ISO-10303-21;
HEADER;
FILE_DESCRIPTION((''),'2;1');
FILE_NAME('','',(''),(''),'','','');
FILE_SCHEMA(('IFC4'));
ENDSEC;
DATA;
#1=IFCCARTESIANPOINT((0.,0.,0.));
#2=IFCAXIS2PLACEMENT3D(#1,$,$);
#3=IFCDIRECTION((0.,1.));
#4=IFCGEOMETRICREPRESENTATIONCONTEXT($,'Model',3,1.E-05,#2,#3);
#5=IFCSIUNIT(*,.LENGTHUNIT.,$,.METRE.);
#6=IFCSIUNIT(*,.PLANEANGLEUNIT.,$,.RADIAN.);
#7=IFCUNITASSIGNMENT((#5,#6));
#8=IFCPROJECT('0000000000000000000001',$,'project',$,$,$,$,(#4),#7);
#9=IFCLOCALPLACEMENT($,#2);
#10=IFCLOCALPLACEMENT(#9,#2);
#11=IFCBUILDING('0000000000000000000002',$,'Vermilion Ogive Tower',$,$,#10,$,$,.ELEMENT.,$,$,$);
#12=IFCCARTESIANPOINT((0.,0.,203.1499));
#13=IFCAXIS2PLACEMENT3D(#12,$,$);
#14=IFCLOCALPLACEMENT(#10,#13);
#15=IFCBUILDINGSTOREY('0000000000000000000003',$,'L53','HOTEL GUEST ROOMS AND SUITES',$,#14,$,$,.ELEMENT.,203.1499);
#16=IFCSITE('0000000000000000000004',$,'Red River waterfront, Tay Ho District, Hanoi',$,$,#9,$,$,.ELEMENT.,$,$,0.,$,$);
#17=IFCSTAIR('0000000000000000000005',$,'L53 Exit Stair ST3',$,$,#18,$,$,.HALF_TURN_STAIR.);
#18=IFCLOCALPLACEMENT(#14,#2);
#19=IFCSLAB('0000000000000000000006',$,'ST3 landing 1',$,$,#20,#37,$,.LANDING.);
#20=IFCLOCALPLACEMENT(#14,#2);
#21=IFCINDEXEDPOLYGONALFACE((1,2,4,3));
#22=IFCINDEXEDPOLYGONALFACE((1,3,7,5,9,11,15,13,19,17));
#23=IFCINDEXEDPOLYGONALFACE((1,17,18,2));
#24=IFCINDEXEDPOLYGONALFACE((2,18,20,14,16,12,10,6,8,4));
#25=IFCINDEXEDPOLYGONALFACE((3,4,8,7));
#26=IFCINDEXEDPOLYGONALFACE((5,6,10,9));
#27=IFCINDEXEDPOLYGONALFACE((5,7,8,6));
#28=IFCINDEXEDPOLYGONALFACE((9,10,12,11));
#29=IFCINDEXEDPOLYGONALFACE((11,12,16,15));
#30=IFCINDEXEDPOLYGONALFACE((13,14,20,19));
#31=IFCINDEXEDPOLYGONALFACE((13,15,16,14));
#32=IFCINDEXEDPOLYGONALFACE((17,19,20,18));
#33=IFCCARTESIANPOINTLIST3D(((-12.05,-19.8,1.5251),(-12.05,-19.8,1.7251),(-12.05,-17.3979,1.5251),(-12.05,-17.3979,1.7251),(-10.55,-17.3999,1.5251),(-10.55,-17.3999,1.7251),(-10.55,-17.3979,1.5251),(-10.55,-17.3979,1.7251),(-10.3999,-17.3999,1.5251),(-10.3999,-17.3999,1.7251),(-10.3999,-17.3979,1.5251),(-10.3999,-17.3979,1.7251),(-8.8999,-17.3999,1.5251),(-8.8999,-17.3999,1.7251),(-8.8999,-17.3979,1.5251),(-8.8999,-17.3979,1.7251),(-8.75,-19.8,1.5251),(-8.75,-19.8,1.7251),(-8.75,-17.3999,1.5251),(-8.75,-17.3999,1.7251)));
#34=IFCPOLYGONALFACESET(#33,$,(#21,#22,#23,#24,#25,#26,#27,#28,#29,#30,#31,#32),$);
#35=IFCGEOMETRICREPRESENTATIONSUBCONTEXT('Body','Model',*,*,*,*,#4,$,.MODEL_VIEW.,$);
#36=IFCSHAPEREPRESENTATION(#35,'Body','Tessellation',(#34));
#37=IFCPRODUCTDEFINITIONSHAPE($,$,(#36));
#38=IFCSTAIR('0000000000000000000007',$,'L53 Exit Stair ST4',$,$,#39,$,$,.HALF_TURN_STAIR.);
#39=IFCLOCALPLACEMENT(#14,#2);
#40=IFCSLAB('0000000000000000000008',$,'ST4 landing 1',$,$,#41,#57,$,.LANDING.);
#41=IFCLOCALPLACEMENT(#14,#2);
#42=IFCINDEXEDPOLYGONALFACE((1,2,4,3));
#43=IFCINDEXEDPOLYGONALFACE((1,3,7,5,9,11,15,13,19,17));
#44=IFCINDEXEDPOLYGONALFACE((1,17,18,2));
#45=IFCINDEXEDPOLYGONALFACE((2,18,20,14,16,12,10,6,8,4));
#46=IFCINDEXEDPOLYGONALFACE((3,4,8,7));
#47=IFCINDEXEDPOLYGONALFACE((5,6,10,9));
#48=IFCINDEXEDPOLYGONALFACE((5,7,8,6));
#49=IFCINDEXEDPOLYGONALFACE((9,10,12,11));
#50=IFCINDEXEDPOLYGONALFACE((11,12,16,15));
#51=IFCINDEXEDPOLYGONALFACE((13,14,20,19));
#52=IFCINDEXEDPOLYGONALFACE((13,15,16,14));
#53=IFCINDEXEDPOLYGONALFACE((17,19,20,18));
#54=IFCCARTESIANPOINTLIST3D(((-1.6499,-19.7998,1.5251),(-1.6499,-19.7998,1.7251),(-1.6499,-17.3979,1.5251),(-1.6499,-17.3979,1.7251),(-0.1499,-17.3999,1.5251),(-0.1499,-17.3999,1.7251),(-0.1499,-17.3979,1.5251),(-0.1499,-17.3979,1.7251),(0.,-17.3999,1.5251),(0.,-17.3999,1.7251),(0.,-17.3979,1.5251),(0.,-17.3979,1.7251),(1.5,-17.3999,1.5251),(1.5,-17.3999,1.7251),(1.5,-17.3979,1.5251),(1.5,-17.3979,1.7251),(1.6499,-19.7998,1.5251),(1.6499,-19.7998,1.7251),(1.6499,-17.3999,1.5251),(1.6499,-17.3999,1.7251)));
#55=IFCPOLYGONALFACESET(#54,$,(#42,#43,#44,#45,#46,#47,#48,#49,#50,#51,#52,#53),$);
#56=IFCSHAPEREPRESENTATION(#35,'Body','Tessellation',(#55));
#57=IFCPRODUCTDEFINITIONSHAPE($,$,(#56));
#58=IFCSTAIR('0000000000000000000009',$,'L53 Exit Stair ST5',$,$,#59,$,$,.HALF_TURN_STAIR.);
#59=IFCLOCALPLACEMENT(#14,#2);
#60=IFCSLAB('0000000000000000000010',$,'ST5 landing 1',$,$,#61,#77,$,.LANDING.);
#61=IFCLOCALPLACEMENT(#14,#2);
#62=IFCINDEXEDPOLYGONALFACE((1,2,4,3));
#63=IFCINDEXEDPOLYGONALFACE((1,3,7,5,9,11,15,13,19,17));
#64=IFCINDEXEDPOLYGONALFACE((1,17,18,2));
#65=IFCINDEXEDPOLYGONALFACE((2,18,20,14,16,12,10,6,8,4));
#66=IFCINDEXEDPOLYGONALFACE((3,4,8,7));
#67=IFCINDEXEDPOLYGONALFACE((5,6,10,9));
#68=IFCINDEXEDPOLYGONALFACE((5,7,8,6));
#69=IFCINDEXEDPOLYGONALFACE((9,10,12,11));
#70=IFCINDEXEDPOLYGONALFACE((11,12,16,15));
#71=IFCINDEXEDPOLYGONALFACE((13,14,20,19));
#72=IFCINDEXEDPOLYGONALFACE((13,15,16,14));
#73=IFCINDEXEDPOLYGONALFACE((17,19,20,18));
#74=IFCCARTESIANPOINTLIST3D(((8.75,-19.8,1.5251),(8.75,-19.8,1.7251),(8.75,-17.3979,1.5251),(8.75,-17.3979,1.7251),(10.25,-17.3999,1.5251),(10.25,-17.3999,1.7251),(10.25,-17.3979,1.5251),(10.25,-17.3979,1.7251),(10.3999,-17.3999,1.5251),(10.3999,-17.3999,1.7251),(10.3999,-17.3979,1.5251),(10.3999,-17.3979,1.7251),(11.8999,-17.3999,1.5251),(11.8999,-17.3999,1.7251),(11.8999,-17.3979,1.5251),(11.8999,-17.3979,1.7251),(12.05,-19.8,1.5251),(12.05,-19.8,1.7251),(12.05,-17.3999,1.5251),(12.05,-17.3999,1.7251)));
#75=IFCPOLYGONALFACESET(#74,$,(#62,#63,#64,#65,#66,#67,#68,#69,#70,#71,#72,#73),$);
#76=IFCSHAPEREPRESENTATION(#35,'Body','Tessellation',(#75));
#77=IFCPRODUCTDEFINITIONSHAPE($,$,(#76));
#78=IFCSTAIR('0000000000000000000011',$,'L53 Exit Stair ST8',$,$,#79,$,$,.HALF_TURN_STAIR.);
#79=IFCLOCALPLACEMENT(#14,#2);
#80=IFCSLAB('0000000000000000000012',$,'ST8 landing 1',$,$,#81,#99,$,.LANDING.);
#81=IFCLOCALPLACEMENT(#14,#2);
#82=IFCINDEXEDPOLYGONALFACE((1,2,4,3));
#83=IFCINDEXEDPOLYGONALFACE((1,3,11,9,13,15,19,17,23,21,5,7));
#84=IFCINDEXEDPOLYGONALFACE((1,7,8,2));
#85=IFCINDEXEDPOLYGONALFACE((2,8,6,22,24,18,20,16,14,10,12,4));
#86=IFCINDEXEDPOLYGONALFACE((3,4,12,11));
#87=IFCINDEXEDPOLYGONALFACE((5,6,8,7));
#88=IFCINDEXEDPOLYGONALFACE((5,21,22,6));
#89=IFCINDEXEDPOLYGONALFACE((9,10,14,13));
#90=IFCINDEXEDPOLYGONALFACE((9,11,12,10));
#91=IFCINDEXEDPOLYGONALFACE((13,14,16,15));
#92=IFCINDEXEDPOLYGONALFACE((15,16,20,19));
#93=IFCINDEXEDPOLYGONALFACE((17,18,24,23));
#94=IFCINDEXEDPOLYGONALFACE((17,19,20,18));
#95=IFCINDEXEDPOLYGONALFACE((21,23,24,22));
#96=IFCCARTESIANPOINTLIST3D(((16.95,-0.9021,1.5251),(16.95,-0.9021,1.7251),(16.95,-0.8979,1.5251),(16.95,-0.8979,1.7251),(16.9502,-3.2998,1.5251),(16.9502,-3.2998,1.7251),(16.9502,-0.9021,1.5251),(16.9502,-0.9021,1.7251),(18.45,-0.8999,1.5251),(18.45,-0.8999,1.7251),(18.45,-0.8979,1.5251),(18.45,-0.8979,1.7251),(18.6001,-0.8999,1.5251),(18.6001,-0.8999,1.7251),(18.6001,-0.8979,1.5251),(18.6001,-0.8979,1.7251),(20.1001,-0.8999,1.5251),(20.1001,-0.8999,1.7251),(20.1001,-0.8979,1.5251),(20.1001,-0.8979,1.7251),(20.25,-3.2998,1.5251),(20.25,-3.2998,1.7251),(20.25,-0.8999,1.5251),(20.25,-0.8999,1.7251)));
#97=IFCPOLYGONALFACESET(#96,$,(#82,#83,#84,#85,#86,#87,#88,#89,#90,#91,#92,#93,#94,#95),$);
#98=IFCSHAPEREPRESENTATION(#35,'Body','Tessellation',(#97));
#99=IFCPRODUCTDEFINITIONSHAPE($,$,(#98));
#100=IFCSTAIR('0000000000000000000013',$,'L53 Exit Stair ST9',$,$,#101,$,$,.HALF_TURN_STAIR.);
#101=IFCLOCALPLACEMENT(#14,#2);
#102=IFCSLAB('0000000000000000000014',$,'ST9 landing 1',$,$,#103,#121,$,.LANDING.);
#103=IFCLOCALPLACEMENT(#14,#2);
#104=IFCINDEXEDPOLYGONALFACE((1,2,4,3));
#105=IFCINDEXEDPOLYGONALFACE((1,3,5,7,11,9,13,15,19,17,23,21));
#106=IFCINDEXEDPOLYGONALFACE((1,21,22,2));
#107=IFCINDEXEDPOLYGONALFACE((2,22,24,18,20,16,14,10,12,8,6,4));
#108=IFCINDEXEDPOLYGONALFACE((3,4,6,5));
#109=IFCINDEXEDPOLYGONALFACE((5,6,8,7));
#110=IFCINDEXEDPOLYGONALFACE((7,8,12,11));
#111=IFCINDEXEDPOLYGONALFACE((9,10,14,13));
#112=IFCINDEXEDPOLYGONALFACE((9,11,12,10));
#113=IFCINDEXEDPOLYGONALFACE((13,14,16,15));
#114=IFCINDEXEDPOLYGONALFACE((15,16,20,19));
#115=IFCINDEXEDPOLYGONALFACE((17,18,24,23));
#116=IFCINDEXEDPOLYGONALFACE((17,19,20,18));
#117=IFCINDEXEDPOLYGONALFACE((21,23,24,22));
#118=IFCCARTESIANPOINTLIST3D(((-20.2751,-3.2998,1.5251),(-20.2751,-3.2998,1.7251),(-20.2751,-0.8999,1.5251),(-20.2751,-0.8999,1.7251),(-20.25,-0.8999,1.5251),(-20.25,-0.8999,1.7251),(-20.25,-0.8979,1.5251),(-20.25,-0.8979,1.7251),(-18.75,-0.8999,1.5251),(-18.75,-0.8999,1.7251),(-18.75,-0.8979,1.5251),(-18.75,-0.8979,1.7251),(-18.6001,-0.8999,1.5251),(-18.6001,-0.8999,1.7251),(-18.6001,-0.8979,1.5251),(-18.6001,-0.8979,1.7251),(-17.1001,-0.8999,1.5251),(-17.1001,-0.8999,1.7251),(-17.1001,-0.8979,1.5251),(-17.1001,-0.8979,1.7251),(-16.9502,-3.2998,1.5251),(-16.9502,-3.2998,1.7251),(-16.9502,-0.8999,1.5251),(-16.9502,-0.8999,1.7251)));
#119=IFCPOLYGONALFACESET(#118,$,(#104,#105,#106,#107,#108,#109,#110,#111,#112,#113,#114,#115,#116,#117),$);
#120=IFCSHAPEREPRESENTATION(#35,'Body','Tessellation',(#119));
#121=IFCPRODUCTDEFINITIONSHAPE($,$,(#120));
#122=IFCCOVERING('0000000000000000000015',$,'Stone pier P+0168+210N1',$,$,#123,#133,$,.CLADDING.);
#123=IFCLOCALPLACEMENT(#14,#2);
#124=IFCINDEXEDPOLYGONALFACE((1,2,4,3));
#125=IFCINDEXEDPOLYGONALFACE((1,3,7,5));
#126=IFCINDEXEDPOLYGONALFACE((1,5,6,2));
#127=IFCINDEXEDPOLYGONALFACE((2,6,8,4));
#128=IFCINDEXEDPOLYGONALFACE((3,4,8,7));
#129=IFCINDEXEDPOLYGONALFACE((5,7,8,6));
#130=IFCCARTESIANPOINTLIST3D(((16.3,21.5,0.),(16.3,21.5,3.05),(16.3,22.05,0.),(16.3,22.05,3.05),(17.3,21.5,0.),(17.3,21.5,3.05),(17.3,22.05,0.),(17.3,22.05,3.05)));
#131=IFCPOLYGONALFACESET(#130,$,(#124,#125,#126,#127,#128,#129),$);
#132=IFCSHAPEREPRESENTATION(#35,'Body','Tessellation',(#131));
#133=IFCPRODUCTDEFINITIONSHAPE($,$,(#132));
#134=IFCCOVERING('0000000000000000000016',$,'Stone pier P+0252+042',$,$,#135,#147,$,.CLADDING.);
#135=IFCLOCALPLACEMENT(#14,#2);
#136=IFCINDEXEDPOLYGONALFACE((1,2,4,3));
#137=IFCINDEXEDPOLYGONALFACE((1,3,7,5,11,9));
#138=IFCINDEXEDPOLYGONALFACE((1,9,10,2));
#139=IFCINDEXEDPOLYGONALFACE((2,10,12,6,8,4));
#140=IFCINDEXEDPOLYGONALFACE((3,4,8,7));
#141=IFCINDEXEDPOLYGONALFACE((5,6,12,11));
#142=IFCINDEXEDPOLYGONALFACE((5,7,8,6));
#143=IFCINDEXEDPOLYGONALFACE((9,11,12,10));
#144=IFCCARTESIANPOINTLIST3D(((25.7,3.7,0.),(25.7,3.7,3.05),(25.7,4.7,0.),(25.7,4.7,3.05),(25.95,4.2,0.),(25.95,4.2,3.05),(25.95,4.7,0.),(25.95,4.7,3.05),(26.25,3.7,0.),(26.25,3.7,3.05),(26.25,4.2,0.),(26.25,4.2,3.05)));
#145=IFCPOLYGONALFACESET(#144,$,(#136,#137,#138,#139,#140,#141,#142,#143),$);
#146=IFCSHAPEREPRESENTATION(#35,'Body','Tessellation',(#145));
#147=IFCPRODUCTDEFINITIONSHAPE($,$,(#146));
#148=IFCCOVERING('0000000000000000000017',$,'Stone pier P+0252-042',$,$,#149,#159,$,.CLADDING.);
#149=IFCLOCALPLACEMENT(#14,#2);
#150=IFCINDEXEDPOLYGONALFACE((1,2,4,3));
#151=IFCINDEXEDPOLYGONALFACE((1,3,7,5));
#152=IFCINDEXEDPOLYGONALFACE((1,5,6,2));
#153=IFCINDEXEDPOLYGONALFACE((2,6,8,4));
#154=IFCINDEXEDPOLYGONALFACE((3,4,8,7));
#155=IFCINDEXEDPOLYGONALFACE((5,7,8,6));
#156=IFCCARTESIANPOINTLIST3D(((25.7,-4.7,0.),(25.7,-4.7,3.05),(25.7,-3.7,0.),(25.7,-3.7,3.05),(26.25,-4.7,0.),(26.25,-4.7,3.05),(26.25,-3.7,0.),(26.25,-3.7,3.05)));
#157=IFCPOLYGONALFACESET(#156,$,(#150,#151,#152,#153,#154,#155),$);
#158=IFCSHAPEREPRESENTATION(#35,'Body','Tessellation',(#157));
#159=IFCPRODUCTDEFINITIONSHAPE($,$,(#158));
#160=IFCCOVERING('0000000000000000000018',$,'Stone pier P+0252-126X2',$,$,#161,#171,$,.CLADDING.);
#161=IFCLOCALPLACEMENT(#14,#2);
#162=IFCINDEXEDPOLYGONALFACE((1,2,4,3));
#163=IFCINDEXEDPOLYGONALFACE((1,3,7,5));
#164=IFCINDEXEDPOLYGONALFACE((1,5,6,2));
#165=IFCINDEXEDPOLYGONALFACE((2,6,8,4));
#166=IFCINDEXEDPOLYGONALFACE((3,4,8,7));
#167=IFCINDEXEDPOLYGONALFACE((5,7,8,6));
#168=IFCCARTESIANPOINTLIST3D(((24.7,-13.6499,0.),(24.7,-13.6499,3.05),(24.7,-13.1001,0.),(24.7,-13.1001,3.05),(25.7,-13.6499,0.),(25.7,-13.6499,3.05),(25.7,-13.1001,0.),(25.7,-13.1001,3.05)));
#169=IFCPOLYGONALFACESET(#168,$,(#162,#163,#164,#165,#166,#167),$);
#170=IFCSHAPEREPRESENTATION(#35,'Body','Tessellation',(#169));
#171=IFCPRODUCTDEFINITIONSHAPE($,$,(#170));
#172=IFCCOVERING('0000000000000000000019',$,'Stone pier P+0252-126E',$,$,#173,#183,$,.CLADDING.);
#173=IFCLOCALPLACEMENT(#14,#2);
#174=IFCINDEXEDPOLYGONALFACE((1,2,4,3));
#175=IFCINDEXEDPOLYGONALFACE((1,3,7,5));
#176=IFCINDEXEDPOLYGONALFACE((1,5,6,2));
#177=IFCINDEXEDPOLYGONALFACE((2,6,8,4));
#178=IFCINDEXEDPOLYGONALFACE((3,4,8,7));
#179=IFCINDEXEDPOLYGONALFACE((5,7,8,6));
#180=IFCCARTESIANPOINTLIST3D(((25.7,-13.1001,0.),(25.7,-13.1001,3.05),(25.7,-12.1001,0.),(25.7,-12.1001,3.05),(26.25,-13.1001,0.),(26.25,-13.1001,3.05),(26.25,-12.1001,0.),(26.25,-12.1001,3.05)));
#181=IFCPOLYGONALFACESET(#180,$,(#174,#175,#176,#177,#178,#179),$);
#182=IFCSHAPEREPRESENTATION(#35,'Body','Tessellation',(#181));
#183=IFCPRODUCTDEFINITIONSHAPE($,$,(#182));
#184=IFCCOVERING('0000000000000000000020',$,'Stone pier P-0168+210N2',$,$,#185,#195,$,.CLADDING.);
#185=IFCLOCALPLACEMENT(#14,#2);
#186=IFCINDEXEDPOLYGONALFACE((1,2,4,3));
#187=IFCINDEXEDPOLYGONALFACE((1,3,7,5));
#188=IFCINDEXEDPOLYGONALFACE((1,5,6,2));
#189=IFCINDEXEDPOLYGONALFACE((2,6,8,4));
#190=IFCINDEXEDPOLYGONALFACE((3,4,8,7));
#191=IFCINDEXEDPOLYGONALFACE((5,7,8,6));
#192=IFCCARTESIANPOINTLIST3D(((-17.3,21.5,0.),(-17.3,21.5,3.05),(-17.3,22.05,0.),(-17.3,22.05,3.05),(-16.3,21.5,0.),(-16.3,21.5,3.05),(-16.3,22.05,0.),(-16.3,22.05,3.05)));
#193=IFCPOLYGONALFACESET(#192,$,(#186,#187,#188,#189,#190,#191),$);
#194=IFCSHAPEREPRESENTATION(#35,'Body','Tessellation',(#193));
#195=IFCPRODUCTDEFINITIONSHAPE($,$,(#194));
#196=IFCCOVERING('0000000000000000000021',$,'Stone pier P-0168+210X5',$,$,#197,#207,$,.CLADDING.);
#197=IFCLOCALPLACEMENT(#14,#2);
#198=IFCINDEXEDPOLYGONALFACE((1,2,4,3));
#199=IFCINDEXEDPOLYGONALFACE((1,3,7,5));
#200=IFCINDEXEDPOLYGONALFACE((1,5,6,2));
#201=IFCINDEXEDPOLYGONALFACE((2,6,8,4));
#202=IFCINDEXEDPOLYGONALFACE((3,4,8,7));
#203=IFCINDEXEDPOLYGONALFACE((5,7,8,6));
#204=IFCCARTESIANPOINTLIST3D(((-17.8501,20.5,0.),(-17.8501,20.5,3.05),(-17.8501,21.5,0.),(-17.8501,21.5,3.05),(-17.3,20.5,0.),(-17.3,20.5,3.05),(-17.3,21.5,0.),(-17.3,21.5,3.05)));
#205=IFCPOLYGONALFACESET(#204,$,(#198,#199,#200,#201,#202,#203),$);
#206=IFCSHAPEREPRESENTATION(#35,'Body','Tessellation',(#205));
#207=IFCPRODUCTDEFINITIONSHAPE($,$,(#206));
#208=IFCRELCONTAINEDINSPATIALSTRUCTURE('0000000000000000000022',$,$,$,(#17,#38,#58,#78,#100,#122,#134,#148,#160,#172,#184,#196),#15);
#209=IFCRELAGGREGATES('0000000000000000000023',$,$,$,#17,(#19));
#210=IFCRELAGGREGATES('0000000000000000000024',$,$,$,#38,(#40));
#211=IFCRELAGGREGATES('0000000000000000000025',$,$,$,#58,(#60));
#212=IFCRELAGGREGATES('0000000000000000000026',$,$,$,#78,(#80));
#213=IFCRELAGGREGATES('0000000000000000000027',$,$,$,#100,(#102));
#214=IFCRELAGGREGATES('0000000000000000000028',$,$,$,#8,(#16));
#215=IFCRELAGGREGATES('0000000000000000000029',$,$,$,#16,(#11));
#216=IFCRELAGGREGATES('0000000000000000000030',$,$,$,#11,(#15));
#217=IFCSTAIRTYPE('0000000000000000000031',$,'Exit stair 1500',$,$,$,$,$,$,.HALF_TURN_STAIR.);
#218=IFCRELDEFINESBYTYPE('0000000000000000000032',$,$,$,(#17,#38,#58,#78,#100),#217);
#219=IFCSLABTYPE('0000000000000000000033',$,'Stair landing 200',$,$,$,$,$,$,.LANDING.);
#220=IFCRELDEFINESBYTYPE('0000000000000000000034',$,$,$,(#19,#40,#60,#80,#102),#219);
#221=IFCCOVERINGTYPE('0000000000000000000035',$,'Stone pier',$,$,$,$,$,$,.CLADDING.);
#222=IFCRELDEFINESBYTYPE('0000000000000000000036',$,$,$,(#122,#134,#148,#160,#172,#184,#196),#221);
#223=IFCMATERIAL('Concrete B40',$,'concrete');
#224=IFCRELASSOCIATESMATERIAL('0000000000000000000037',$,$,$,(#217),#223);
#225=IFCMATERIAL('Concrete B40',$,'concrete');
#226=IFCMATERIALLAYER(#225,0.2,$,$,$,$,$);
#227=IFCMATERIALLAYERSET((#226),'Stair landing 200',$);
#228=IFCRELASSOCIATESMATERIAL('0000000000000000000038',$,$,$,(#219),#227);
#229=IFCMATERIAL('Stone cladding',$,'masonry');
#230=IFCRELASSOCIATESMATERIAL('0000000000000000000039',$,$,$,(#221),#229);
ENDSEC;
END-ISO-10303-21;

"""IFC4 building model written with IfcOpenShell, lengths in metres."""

from ifc_helpers import new_model, si_unit, direction, frame, origin, place, context, subcontext, project, spatial, polyline, outline, extrude, material, layer, layer_set, type_object, element, aggregate, save


model = new_model("IFC4")

# Units and contexts
model_context = context("Model", 3, precision=1e-05, world=origin(), true_north=direction((0.0, 1.0)))
body_context = subcontext(model_context, "Body", "Model", "MODEL_VIEW")
ifc_project = project(units=[si_unit("LENGTHUNIT", "METRE"), si_unit("PLANEANGLEUNIT", "RADIAN")], contexts=[model_context])

# Site, building, storey
site_placement = place(None, origin())
site = spatial("IfcSite", under=ifc_project, at=site_placement, Name="Red River waterfront, Tay Ho District, Hanoi", CompositionType="ELEMENT", RefElevation=0.0)
building_placement = place(site_placement, origin())
building = spatial("IfcBuilding", under=site, at=building_placement, Name="Vermilion Ogive Tower", CompositionType="ELEMENT")
storey_placement = place(building_placement, frame((0.0, 0.0, 203.1499)))
storey = spatial("IfcBuildingStorey", under=building, at=storey_placement, Name="L53", Description="HOTEL GUEST ROOMS AND SUITES", CompositionType="ELEMENT", Elevation=203.1499)

# Stairs, slabs
ifc_material_1 = material(Name="Concrete B40", Category="concrete")
stair_type = type_object("IfcStairType", Name="Exit stair 1500", PredefinedType="HALF_TURN_STAIR", material=ifc_material_1)
ifc_material_2 = material(Name="Concrete B40", Category="concrete")
ifc_layer_1 = layer(ifc_material_2, 0.2)
ifc_layer_set_1 = layer_set([ifc_layer_1], Name="Stair landing 200")
slab_type_1 = type_object("IfcSlabType", Name="Stair landing 200", PredefinedType="LANDING", material=ifc_layer_set_1)
stair_1_placement = place(storey_placement, origin())
stair_1 = element("IfcStair", 1, at=stair_1_placement, inside=storey, type_object=stair_type, Name="L53 Exit Stair ST3", PredefinedType="HALF_TURN_STAIR")
slab_1_placement = place(storey_placement, frame((0.0, 0.0, 1.5251)))
slab_1 = element("IfcSlab", 2, at=slab_1_placement, type_object=slab_type_1, Name="ST3 landing 1", PredefinedType="LANDING", context=body_context, shape_type="SweptSolid", body=[
    extrude(outline(polyline([(-8.75, -17.3999), (-8.8999, -17.3999), (-8.8999, -17.3979), (-10.3999, -17.3979), (-10.3999, -17.3999), (-10.55, -17.3999), (-10.55, -17.3979), (-12.05, -17.3979), (-12.05, -19.8), (-8.75, -19.8), (-8.75, -17.3999)])), origin(), (0.0, 0.0, 1.0), 0.2),
])
aggregate(stair_1, [slab_1])
stair_2_placement = place(storey_placement, origin())
stair_2 = element("IfcStair", 3, at=stair_2_placement, inside=storey, type_object=stair_type, Name="L53 Exit Stair ST4", PredefinedType="HALF_TURN_STAIR")
slab_2_placement = place(storey_placement, frame((0.0, 0.0, 1.5251)))
slab_2 = element("IfcSlab", 4, at=slab_2_placement, type_object=slab_type_1, Name="ST4 landing 1", PredefinedType="LANDING", context=body_context, shape_type="SweptSolid", body=[
    extrude(outline(polyline([(1.6499, -17.3999), (1.5, -17.3999), (1.5, -17.3979), (0.0, -17.3979), (0.0, -17.3999), (-0.1499, -17.3999), (-0.1499, -17.3979), (-1.6499, -17.3979), (-1.6499, -19.7998), (1.6499, -19.7998), (1.6499, -17.3999)])), origin(), (0.0, 0.0, 1.0), 0.2),
])
aggregate(stair_2, [slab_2])
stair_3_placement = place(storey_placement, origin())
stair_3 = element("IfcStair", 5, at=stair_3_placement, inside=storey, type_object=stair_type, Name="L53 Exit Stair ST5", PredefinedType="HALF_TURN_STAIR")
slab_3_placement = place(storey_placement, frame((0.0, 0.0, 1.5251)))
slab_3 = element("IfcSlab", 6, at=slab_3_placement, type_object=slab_type_1, Name="ST5 landing 1", PredefinedType="LANDING", context=body_context, shape_type="SweptSolid", body=[
    extrude(outline(polyline([(12.05, -17.3999), (11.8999, -17.3999), (11.8999, -17.3979), (10.3999, -17.3979), (10.3999, -17.3999), (10.25, -17.3999), (10.25, -17.3979), (8.75, -17.3979), (8.75, -19.8), (12.05, -19.8), (12.05, -17.3999)])), origin(), (0.0, 0.0, 1.0), 0.2),
])
aggregate(stair_3, [slab_3])
stair_4_placement = place(storey_placement, origin())
stair_4 = element("IfcStair", 7, at=stair_4_placement, inside=storey, type_object=stair_type, Name="L53 Exit Stair ST8", PredefinedType="HALF_TURN_STAIR")
slab_4_placement = place(storey_placement, frame((0.0, 0.0, 1.5251)))
slab_4 = element("IfcSlab", 8, at=slab_4_placement, type_object=slab_type_1, Name="ST8 landing 1", PredefinedType="LANDING", context=body_context, shape_type="SweptSolid", body=[
    extrude(outline(polyline([(20.25, -0.8999), (20.1001, -0.8999), (20.1001, -0.8979), (18.6001, -0.8979), (18.6001, -0.8999), (18.45, -0.8999), (18.45, -0.8979), (16.95, -0.8979), (16.95, -0.9021), (16.9502, -0.9021), (16.9502, -3.2998), (20.25, -3.2998), (20.25, -0.8999)])), origin(), (0.0, 0.0, 1.0), 0.2),
])
aggregate(stair_4, [slab_4])
stair_5_placement = place(storey_placement, origin())
stair_5 = element("IfcStair", 9, at=stair_5_placement, inside=storey, type_object=stair_type, Name="L53 Exit Stair ST9", PredefinedType="HALF_TURN_STAIR")
slab_5_placement = place(storey_placement, frame((0.0, 0.0, 1.5251)))
slab_5 = element("IfcSlab", 10, at=slab_5_placement, type_object=slab_type_1, Name="ST9 landing 1", PredefinedType="LANDING", context=body_context, shape_type="SweptSolid", body=[
    extrude(outline(polyline([(-16.9502, -0.8999), (-17.1001, -0.8999), (-17.1001, -0.8979), (-18.6001, -0.8979), (-18.6001, -0.8999), (-18.75, -0.8999), (-18.75, -0.8979), (-20.25, -0.8979), (-20.25, -0.8999), (-20.2751, -0.8999), (-20.2751, -3.2998), (-16.9502, -3.2998), (-16.9502, -0.8999)])), origin(), (0.0, 0.0, 1.0), 0.2),
])
aggregate(stair_5, [slab_5])

# Coverings
ifc_material_3 = material(Name="Stone cladding", Category="masonry")
covering_type = type_object("IfcCoveringType", Name="Stone pier", PredefinedType="CLADDING", material=ifc_material_3)
covering_1_placement = place(storey_placement, origin())
element("IfcCovering", 11, at=covering_1_placement, inside=storey, type_object=covering_type, Name="Stone pier P+0168+210N1", PredefinedType="CLADDING", context=body_context, shape_type="SweptSolid", body=[
    extrude(outline(polyline([(17.3, 22.05), (17.3, 21.5), (16.3, 21.5), (16.3, 22.05), (17.3, 22.05)])), origin(), (0.0, 0.0, 1.0), 3.05),
])
covering_2_placement = place(storey_placement, origin())
element("IfcCovering", 12, at=covering_2_placement, inside=storey, type_object=covering_type, Name="Stone pier P+0252+042", PredefinedType="CLADDING", context=body_context, shape_type="SweptSolid", body=[
    extrude(outline(polyline([(25.7, 4.7), (25.95, 4.7), (25.95, 4.2), (26.25, 4.2), (26.25, 3.7), (25.7, 3.7), (25.7, 4.7), (25.7, 4.7)])), origin(), (0.0, 0.0, 1.0), 3.05),
])
covering_3_placement = place(storey_placement, origin())
element("IfcCovering", 13, at=covering_3_placement, inside=storey, type_object=covering_type, Name="Stone pier P+0252-042", PredefinedType="CLADDING", context=body_context, shape_type="SweptSolid", body=[
    extrude(outline(polyline([(25.7, -3.7), (26.25, -3.7), (26.25, -4.7), (25.7, -4.7), (25.7, -4.7), (25.7, -3.7)])), origin(), (0.0, 0.0, 1.0), 3.05),
])
covering_4_placement = place(storey_placement, origin())
element("IfcCovering", 14, at=covering_4_placement, inside=storey, type_object=covering_type, Name="Stone pier P+0252-126X2", PredefinedType="CLADDING", context=body_context, shape_type="SweptSolid", body=[
    extrude(outline(polyline([(25.7, -13.6499), (24.7, -13.6499), (24.7, -13.1001), (25.7, -13.1001), (25.7, -13.6499)])), origin(), (0.0, 0.0, 1.0), 3.05),
])
covering_5_placement = place(storey_placement, origin())
element("IfcCovering", 15, at=covering_5_placement, inside=storey, type_object=covering_type, Name="Stone pier P+0252-126E", PredefinedType="CLADDING", context=body_context, shape_type="SweptSolid", body=[
    extrude(outline(polyline([(26.25, -13.1001), (25.7, -13.1001), (25.7, -12.1001), (26.25, -12.1001), (26.25, -13.1001)])), origin(), (0.0, 0.0, 1.0), 3.05),
])
covering_6_placement = place(storey_placement, origin())
element("IfcCovering", 16, at=covering_6_placement, inside=storey, type_object=covering_type, Name="Stone pier P-0168+210N2", PredefinedType="CLADDING", context=body_context, shape_type="SweptSolid", body=[
    extrude(outline(polyline([(-17.3, 21.5), (-17.3, 22.05), (-16.3, 22.05), (-16.3, 21.5), (-17.3, 21.5), (-17.3, 21.5)])), origin(), (0.0, 0.0, 1.0), 3.05),
])
covering_7_placement = place(storey_placement, origin())
element("IfcCovering", 17, at=covering_7_placement, inside=storey, type_object=covering_type, Name="Stone pier P-0168+210X5", PredefinedType="CLADDING", context=body_context, shape_type="SweptSolid", body=[
    extrude(outline(polyline([(-17.8501, 21.5), (-17.3, 21.5), (-17.3, 21.5), (-17.3, 20.5), (-17.8501, 20.5), (-17.8501, 21.5)])), origin(), (0.0, 0.0, 1.0), 3.05),
])

save(model, "model.ifc")
